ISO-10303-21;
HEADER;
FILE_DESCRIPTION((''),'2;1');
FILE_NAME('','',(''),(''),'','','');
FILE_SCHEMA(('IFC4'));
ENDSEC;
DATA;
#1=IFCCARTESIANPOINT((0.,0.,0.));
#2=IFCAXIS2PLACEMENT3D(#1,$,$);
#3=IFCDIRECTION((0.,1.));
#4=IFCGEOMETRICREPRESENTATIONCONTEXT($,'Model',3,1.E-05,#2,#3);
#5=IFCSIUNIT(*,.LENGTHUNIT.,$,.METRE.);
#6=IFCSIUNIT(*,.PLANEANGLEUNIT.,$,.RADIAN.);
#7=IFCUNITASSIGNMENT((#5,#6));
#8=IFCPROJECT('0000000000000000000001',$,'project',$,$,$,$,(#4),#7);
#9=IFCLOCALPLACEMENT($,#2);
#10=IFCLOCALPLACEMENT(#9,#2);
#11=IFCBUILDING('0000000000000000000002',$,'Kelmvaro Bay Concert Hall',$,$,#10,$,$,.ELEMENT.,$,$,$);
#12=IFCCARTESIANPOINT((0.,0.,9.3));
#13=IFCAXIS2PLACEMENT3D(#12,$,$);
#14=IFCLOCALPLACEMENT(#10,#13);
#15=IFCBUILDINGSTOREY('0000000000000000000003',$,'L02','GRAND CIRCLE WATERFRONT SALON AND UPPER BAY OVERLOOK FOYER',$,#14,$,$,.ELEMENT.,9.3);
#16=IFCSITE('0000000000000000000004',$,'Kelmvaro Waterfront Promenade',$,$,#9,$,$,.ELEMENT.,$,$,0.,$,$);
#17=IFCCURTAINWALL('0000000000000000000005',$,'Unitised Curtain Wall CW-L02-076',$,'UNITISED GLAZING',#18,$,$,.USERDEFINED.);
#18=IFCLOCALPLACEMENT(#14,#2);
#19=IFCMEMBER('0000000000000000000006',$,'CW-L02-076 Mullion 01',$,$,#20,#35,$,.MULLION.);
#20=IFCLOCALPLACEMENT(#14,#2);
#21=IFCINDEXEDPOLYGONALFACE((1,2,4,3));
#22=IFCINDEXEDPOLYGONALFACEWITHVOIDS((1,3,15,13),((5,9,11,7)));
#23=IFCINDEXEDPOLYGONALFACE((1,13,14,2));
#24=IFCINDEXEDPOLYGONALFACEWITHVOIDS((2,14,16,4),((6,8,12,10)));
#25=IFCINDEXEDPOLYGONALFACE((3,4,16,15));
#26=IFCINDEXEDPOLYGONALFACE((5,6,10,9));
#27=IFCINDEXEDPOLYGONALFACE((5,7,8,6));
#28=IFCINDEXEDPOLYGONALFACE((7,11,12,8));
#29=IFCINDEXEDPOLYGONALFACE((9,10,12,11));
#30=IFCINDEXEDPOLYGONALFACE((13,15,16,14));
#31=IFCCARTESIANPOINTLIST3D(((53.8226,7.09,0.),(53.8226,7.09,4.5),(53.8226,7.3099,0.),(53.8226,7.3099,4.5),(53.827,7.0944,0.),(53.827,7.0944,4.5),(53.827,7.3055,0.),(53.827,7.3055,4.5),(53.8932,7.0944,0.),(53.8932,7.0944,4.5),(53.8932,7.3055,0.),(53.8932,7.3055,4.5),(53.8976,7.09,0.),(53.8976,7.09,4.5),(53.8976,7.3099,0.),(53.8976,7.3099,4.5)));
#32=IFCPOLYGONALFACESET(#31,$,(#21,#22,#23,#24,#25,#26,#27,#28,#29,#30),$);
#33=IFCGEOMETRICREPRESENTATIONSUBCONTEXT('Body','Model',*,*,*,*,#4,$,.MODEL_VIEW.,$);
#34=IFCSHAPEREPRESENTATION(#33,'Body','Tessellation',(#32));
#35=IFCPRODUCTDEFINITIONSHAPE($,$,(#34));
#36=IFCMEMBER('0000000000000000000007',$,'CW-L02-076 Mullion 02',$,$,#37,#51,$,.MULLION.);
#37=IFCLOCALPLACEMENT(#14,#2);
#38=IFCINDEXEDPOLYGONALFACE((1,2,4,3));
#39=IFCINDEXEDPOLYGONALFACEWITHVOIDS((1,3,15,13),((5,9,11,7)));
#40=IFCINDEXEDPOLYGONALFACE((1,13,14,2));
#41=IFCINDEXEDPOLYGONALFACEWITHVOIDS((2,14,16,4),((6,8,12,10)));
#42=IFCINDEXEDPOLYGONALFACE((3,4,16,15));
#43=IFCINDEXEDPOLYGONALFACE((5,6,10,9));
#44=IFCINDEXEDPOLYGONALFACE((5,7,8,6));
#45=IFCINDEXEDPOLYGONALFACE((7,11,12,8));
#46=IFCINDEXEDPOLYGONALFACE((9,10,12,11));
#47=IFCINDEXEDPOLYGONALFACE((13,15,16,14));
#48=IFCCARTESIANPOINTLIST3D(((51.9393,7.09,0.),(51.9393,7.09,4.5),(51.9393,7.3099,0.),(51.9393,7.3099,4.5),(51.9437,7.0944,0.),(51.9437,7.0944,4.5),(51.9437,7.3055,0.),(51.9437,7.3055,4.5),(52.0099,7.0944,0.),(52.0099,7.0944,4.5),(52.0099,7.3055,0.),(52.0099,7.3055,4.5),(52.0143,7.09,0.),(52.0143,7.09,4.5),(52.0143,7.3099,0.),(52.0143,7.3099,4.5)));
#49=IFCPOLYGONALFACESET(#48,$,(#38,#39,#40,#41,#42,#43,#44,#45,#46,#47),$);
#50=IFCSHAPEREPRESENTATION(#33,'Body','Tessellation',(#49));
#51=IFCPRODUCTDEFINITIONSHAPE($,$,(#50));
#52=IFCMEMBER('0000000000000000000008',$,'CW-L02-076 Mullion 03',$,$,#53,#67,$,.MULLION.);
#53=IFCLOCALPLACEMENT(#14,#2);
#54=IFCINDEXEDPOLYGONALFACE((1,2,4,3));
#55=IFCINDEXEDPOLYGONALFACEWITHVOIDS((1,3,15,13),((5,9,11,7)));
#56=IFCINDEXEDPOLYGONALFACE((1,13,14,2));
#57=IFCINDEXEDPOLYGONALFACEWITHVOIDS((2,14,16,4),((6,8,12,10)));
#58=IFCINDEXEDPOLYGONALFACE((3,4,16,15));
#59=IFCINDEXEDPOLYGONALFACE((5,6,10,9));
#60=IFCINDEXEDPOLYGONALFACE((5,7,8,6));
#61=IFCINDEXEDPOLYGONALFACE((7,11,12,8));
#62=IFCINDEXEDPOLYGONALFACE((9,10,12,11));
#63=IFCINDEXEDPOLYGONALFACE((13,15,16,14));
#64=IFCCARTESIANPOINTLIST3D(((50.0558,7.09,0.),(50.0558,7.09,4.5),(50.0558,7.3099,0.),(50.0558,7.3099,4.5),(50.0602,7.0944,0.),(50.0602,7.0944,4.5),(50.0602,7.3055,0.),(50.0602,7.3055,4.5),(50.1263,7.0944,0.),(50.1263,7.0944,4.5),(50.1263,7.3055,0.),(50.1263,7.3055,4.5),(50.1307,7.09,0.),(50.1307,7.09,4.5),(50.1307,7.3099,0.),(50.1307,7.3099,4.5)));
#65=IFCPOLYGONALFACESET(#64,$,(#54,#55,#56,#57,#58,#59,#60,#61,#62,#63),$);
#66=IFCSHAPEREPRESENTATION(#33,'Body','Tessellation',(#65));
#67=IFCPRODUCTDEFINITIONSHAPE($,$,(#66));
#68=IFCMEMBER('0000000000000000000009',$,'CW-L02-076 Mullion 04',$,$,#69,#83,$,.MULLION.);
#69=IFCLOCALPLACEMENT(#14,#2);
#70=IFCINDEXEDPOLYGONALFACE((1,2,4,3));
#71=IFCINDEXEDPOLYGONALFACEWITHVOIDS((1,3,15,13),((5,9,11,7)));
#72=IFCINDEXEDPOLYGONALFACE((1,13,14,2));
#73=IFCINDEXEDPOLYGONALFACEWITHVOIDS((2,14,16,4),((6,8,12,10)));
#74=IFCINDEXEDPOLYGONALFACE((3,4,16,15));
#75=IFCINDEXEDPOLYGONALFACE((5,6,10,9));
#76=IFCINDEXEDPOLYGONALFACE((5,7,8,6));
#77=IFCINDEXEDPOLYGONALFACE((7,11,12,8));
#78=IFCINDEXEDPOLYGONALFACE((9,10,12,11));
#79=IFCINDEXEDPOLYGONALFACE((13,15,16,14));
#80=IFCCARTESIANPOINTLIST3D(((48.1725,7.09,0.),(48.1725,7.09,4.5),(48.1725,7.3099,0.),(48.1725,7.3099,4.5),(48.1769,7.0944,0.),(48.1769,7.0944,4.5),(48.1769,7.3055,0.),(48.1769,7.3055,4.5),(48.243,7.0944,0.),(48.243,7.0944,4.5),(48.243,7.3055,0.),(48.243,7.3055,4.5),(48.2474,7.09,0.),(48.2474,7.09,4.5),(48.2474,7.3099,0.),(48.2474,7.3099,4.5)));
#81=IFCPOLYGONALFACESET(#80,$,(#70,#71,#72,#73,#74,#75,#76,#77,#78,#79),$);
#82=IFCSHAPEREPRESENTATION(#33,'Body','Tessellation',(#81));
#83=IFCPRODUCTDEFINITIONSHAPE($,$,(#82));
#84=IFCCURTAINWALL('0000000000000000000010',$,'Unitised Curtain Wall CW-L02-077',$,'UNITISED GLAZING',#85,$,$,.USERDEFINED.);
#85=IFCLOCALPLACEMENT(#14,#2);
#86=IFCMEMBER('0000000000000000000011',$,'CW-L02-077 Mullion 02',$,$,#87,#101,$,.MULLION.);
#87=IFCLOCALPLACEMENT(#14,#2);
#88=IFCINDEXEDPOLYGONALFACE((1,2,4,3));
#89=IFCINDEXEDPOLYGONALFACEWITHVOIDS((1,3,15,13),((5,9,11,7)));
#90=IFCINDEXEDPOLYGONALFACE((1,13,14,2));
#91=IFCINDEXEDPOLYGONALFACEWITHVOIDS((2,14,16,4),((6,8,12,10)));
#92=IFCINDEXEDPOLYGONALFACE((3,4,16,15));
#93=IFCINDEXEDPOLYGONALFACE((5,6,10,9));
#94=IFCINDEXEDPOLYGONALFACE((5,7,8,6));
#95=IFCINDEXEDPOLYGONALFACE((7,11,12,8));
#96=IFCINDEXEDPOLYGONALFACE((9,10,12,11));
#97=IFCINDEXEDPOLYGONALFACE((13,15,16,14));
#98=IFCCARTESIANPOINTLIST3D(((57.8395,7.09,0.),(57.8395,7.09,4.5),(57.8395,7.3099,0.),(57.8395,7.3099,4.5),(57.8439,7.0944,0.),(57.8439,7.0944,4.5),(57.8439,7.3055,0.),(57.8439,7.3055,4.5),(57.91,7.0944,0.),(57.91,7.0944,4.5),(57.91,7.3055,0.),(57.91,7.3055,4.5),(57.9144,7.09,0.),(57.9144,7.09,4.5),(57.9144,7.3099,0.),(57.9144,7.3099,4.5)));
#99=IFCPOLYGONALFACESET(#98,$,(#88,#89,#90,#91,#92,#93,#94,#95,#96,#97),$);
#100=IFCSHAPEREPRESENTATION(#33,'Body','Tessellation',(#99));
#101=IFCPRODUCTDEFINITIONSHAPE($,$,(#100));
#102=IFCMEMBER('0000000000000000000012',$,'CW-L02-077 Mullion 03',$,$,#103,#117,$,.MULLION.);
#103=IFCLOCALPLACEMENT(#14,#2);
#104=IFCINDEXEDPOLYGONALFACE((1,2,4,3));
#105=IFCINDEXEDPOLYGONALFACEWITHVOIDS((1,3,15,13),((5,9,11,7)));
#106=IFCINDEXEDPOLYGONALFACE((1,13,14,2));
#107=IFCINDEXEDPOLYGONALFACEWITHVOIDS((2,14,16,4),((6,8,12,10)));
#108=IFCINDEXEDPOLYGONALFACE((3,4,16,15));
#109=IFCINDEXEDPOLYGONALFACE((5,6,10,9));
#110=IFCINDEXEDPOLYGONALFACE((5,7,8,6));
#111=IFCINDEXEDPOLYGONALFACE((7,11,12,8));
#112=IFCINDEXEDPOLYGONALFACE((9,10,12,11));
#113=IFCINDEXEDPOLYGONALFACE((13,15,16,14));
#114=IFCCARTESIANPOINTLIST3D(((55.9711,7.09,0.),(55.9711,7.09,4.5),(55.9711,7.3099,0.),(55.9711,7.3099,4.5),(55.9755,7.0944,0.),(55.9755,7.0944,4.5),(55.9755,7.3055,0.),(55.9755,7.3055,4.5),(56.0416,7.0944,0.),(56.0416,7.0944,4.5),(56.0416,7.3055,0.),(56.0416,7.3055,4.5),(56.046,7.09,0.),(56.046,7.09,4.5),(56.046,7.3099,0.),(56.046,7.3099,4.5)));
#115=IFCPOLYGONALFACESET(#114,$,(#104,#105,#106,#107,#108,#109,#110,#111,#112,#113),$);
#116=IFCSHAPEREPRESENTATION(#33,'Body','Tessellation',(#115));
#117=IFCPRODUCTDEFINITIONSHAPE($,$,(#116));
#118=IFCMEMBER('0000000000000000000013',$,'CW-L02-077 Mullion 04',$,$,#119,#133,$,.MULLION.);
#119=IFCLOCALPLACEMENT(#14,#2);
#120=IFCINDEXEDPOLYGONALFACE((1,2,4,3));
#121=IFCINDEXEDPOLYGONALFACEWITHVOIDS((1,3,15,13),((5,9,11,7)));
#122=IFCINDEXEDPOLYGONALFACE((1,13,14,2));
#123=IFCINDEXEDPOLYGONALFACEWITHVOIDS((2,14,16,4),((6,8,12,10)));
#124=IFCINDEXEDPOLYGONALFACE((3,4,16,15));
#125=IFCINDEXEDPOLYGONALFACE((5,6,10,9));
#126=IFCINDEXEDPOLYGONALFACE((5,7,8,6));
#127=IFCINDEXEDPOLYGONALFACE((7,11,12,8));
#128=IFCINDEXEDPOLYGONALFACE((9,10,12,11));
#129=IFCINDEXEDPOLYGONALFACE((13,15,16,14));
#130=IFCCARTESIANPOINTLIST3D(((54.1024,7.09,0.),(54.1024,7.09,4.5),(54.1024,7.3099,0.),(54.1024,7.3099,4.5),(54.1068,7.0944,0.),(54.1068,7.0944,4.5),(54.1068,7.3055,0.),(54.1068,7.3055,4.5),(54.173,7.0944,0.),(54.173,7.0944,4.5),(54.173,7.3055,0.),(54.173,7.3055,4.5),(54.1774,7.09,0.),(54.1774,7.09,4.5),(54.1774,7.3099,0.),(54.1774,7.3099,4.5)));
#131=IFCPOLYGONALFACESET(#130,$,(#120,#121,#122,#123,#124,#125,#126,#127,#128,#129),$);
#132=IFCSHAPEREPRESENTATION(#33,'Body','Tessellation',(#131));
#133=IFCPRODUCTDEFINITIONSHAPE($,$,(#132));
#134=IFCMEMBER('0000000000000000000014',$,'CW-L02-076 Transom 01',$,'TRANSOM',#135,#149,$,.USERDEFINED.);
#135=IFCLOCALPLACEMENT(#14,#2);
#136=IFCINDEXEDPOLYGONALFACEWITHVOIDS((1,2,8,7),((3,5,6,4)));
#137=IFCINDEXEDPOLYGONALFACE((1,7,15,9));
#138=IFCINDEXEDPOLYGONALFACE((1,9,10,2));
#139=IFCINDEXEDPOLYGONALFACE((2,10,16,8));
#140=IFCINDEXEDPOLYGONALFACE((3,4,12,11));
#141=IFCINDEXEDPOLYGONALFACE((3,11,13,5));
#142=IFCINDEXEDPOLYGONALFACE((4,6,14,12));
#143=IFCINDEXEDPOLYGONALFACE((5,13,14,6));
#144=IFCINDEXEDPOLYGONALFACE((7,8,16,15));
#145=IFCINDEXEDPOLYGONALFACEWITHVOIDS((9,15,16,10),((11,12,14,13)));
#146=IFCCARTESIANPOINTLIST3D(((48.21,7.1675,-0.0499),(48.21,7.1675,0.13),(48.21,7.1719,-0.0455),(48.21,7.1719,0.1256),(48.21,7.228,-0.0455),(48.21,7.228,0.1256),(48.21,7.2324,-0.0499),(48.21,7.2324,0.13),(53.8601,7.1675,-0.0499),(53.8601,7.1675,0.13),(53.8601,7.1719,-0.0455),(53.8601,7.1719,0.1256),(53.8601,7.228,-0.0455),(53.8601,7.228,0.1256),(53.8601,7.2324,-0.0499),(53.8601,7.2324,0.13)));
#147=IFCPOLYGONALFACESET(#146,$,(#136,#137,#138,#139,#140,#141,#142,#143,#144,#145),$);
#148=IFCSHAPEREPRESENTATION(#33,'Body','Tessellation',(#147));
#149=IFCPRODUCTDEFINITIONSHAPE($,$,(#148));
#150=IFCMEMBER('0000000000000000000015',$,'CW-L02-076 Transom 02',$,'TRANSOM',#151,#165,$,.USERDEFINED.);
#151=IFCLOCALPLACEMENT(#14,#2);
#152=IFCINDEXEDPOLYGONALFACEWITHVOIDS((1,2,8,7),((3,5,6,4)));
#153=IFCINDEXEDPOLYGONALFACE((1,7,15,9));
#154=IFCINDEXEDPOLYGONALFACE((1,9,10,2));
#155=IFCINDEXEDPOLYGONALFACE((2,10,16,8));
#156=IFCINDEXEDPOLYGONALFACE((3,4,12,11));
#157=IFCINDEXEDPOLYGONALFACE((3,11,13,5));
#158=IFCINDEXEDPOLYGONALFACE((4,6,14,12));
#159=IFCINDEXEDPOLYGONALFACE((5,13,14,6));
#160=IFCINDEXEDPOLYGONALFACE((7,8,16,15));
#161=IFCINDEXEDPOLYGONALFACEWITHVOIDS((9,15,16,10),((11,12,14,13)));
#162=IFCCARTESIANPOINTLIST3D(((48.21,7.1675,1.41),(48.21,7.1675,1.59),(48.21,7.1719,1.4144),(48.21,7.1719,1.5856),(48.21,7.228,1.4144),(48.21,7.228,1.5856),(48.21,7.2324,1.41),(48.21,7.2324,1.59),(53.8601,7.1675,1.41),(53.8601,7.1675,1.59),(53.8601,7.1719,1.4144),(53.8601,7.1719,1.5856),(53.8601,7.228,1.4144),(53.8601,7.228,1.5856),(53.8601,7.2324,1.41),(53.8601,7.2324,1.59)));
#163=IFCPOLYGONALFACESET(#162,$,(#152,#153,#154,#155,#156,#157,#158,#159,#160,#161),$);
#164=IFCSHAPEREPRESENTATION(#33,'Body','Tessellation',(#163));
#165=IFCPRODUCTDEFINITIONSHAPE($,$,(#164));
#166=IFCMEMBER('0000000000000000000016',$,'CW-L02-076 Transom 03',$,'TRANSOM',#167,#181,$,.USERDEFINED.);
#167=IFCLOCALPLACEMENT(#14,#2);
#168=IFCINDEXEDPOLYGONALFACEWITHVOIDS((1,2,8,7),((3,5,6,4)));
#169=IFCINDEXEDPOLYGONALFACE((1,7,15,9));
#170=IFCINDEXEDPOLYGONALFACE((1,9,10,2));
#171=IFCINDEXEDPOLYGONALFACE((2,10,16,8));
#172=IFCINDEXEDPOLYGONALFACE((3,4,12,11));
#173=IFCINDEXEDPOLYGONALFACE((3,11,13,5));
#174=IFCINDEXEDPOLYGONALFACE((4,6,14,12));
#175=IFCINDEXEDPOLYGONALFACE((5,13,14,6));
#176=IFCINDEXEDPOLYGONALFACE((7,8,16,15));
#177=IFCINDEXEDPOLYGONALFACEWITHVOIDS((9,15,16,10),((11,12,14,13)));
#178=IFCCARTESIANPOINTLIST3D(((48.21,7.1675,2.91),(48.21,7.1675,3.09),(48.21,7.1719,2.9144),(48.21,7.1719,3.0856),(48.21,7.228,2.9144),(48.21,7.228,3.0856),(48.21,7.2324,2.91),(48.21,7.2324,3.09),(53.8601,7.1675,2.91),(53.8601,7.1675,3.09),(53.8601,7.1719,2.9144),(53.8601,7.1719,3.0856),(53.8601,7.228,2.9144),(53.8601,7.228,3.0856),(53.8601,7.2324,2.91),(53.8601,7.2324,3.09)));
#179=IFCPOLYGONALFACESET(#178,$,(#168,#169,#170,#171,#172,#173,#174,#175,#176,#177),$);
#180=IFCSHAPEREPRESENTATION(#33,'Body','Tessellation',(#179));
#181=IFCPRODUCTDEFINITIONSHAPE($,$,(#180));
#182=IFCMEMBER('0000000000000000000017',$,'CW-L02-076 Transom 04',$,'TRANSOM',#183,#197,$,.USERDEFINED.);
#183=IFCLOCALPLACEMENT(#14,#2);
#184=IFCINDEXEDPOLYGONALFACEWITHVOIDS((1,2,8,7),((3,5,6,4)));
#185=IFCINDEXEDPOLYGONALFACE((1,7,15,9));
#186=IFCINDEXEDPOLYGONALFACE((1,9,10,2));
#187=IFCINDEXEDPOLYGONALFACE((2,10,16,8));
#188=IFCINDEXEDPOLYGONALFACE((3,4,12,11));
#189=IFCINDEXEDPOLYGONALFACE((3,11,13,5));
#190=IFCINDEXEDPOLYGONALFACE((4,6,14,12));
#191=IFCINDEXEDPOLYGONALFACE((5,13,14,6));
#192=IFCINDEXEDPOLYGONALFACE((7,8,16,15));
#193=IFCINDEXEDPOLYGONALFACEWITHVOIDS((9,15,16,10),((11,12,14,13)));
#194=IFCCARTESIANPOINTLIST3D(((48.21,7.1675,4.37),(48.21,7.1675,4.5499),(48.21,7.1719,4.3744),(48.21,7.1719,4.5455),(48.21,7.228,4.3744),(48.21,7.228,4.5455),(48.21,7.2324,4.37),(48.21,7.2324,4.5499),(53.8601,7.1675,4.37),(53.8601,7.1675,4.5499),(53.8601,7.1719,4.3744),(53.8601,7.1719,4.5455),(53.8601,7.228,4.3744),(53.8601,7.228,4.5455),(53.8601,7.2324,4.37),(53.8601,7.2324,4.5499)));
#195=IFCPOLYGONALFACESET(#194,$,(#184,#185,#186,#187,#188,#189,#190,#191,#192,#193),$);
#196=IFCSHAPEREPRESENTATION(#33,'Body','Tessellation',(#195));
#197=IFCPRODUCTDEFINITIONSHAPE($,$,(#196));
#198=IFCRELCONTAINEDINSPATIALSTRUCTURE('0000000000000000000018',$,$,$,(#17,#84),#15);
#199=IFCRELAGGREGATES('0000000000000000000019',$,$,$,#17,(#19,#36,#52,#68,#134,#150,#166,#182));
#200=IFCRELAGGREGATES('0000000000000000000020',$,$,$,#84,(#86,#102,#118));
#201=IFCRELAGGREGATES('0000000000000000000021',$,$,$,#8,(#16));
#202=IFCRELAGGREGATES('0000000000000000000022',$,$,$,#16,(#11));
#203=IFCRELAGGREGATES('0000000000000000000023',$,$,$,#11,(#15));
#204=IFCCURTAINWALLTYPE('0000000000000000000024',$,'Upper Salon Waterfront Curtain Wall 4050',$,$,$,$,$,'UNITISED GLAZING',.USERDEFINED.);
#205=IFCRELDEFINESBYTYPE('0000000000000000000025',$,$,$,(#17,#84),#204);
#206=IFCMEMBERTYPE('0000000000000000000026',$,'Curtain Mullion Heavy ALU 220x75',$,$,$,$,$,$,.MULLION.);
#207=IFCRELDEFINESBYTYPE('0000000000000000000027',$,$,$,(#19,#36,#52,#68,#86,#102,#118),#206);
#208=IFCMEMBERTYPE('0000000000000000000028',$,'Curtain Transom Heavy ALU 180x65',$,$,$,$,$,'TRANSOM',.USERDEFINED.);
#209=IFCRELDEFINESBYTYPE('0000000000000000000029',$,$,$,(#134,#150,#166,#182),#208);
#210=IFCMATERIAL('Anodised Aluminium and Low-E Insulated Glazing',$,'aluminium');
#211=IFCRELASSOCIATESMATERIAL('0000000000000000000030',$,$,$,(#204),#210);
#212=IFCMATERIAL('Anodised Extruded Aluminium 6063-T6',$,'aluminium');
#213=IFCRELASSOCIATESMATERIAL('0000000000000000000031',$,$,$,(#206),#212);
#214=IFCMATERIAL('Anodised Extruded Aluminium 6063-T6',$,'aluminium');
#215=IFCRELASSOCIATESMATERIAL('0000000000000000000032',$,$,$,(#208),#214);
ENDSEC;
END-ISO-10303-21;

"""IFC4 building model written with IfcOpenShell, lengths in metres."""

from ifc_helpers import new_model, si_unit, direction, frame, origin, origin_2d, place, context, subcontext, project, spatial, hollow_rectangle, extrude, material, material_profile, profile_set, type_object, element, aggregate, save


model = new_model("IFC4")

# Units and contexts
model_context = context("Model", 3, precision=1e-05, world=origin(), true_north=direction((0.0, 1.0)))
body_context = subcontext(model_context, "Body", "Model", "MODEL_VIEW")
ifc_project = project(units=[si_unit("LENGTHUNIT", "METRE"), si_unit("PLANEANGLEUNIT", "RADIAN")], contexts=[model_context])

# Site, building, storey
site_placement = place(None, origin())
site = spatial("IfcSite", under=ifc_project, at=site_placement, Name="Kelmvaro Waterfront Promenade", CompositionType="ELEMENT", RefElevation=0.0)
building_placement = place(site_placement, origin())
building = spatial("IfcBuilding", under=site, at=building_placement, Name="Kelmvaro Bay Concert Hall", CompositionType="ELEMENT")
storey_placement = place(building_placement, frame((0.0, 0.0, 9.3)))
storey = spatial("IfcBuildingStorey", under=building, at=storey_placement, Name="L02", Description="GRAND CIRCLE WATERFRONT SALON AND UPPER BAY OVERLOOK FOYER", CompositionType="ELEMENT", Elevation=9.3)

# Curtain walls, members
ifc_material_1 = material(Name="Anodised Aluminium and Low-E Insulated Glazing", Category="aluminium")
curtain_wall_type = type_object("IfcCurtainWallType", Name="Upper Salon Waterfront Curtain Wall 4050", ElementType="UNITISED GLAZING", PredefinedType="USERDEFINED", material=ifc_material_1)
curtain_wall_1_placement = place(storey_placement, origin())
curtain_wall_1 = element("IfcCurtainWall", 1, at=curtain_wall_1_placement, inside=storey, type_object=curtain_wall_type, Name="Unitised Curtain Wall CW-L02-076", ObjectType="UNITISED GLAZING", PredefinedType="USERDEFINED")
ifc_material_2 = material(Name="Anodised Extruded Aluminium 6063-T6", Category="aluminium")
ifc_material_profile_1 = material_profile(ifc_material_2, hollow_rectangle(XDim=0.075, YDim=0.22, WallThickness=0.0044, at=origin_2d()), Name="ALU-MUL-220X75")
ifc_profile_set_1 = profile_set([ifc_material_profile_1], Name="Anodised Extruded Aluminium 6063-T6")
member_type_1 = type_object("IfcMemberType", Name="Curtain Mullion Heavy ALU 220x75", PredefinedType="MULLION", material=ifc_profile_set_1)
member_1_placement = place(storey_placement, frame((53.8601, 7.2, 0.0), z_axis=(0.0, 0.0, 1.0), x_axis=(1.0, 0.0, 0.0)))
member_1 = element("IfcMember", 2, at=member_1_placement, type_object=member_type_1, Name="CW-L02-076 Mullion 01", PredefinedType="MULLION", context=body_context, shape_type="SweptSolid", body=[
    extrude(hollow_rectangle(XDim=0.075, YDim=0.22, WallThickness=0.0044, at=origin_2d()), origin(), (0.0, 0.0, 1.0), 4.5),
])
member_2_placement = place(storey_placement, frame((51.9768, 7.2, 0.0), z_axis=(0.0, 0.0, 1.0), x_axis=(1.0, 0.0, 0.0)))
member_2 = element("IfcMember", 3, at=member_2_placement, type_object=member_type_1, Name="CW-L02-076 Mullion 02", PredefinedType="MULLION", context=body_context, shape_type="SweptSolid", body=[
    extrude(hollow_rectangle(XDim=0.075, YDim=0.22, WallThickness=0.0044, at=origin_2d()), origin(), (0.0, 0.0, 1.0), 4.5),
])
member_3_placement = place(storey_placement, frame((50.0933, 7.2, 0.0), z_axis=(0.0, 0.0, 1.0), x_axis=(1.0, 0.0, 0.0)))
member_3 = element("IfcMember", 4, at=member_3_placement, type_object=member_type_1, Name="CW-L02-076 Mullion 03", PredefinedType="MULLION", context=body_context, shape_type="SweptSolid", body=[
    extrude(hollow_rectangle(XDim=0.075, YDim=0.22, WallThickness=0.0044, at=origin_2d()), origin(), (0.0, 0.0, 1.0), 4.5),
])
member_4_placement = place(storey_placement, frame((48.21, 7.2, 0.0), z_axis=(0.0, 0.0, 1.0), x_axis=(1.0, 0.0, 0.0)))
member_4 = element("IfcMember", 5, at=member_4_placement, type_object=member_type_1, Name="CW-L02-076 Mullion 04", PredefinedType="MULLION", context=body_context, shape_type="SweptSolid", body=[
    extrude(hollow_rectangle(XDim=0.075, YDim=0.22, WallThickness=0.0044, at=origin_2d()), origin(), (0.0, 0.0, 1.0), 4.5),
])
curtain_wall_2_placement = place(storey_placement, origin())
curtain_wall_2 = element("IfcCurtainWall", 6, at=curtain_wall_2_placement, inside=storey, type_object=curtain_wall_type, Name="Unitised Curtain Wall CW-L02-077", ObjectType="UNITISED GLAZING", PredefinedType="USERDEFINED")
member_5_placement = place(storey_placement, frame((57.877, 7.2, 0.0), z_axis=(0.0, 0.0, 1.0), x_axis=(1.0, 0.0, 0.0)))
member_5 = element("IfcMember", 7, at=member_5_placement, type_object=member_type_1, Name="CW-L02-077 Mullion 02", PredefinedType="MULLION", context=body_context, shape_type="SweptSolid", body=[
    extrude(hollow_rectangle(XDim=0.075, YDim=0.22, WallThickness=0.0044, at=origin_2d()), origin(), (0.0, 0.0, 1.0), 4.5),
])
member_6_placement = place(storey_placement, frame((56.0085, 7.2, 0.0), z_axis=(0.0, 0.0, 1.0), x_axis=(1.0, 0.0, 0.0)))
member_6 = element("IfcMember", 8, at=member_6_placement, type_object=member_type_1, Name="CW-L02-077 Mullion 03", PredefinedType="MULLION", context=body_context, shape_type="SweptSolid", body=[
    extrude(hollow_rectangle(XDim=0.075, YDim=0.22, WallThickness=0.0044, at=origin_2d()), origin(), (0.0, 0.0, 1.0), 4.5),
])
member_7_placement = place(storey_placement, frame((54.1399, 7.2, 0.0), z_axis=(0.0, 0.0, 1.0), x_axis=(1.0, 0.0, 0.0)))
member_7 = element("IfcMember", 9, at=member_7_placement, type_object=member_type_1, Name="CW-L02-077 Mullion 04", PredefinedType="MULLION", context=body_context, shape_type="SweptSolid", body=[
    extrude(hollow_rectangle(XDim=0.075, YDim=0.22, WallThickness=0.0044, at=origin_2d()), origin(), (0.0, 0.0, 1.0), 4.5),
])

# Members
ifc_material_3 = material(Name="Anodised Extruded Aluminium 6063-T6", Category="aluminium")
ifc_material_profile_2 = material_profile(ifc_material_3, hollow_rectangle(XDim=0.0649, YDim=0.1799, WallThickness=0.0044, at=origin_2d()), Name="ALU-TRN-180X65")
ifc_profile_set_2 = profile_set([ifc_material_profile_2], Name="Anodised Extruded Aluminium 6063-T6")
member_type_2 = type_object("IfcMemberType", Name="Curtain Transom Heavy ALU 180x65", ElementType="TRANSOM", PredefinedType="USERDEFINED", material=ifc_profile_set_2)
member_8_placement = place(storey_placement, frame((53.8601, 7.2, 0.04), z_axis=(-1.0, 0.0, 0.0), x_axis=(0.0, -1.0, 0.0)))
member_8 = element("IfcMember", 10, at=member_8_placement, type_object=member_type_2, Name="CW-L02-076 Transom 01", ObjectType="TRANSOM", PredefinedType="USERDEFINED", context=body_context, shape_type="SweptSolid", body=[
    extrude(hollow_rectangle(XDim=0.0649, YDim=0.1799, WallThickness=0.0044, at=origin_2d()), origin(), (0.0, 0.0, 1.0), 5.6501),
])
member_9_placement = place(storey_placement, frame((53.8601, 7.2, 1.5), z_axis=(-1.0, 0.0, 0.0), x_axis=(0.0, -1.0, 0.0)))
member_9 = element("IfcMember", 11, at=member_9_placement, type_object=member_type_2, Name="CW-L02-076 Transom 02", ObjectType="TRANSOM", PredefinedType="USERDEFINED", context=body_context, shape_type="SweptSolid", body=[
    extrude(hollow_rectangle(XDim=0.0649, YDim=0.1799, WallThickness=0.0044, at=origin_2d()), origin(), (0.0, 0.0, 1.0), 5.6501),
])
member_10_placement = place(storey_placement, frame((53.8601, 7.2, 3.0), z_axis=(-1.0, 0.0, 0.0), x_axis=(0.0, -1.0, 0.0)))
member_10 = element("IfcMember", 12, at=member_10_placement, type_object=member_type_2, Name="CW-L02-076 Transom 03", ObjectType="TRANSOM", PredefinedType="USERDEFINED", context=body_context, shape_type="SweptSolid", body=[
    extrude(hollow_rectangle(XDim=0.0649, YDim=0.1799, WallThickness=0.0044, at=origin_2d()), origin(), (0.0, 0.0, 1.0), 5.6501),
])
member_11_placement = place(storey_placement, frame((53.8601, 7.2, 4.46), z_axis=(-1.0, 0.0, 0.0), x_axis=(0.0, -1.0, 0.0)))
member_11 = element("IfcMember", 13, at=member_11_placement, type_object=member_type_2, Name="CW-L02-076 Transom 04", ObjectType="TRANSOM", PredefinedType="USERDEFINED", context=body_context, shape_type="SweptSolid", body=[
    extrude(hollow_rectangle(XDim=0.0649, YDim=0.1799, WallThickness=0.0044, at=origin_2d()), origin(), (0.0, 0.0, 1.0), 5.6501),
])

aggregate(curtain_wall_1, [member_1, member_2, member_3, member_4, member_8, member_9, member_10, member_11])
aggregate(curtain_wall_2, [member_5, member_6, member_7])

save(model, "model.ifc")
